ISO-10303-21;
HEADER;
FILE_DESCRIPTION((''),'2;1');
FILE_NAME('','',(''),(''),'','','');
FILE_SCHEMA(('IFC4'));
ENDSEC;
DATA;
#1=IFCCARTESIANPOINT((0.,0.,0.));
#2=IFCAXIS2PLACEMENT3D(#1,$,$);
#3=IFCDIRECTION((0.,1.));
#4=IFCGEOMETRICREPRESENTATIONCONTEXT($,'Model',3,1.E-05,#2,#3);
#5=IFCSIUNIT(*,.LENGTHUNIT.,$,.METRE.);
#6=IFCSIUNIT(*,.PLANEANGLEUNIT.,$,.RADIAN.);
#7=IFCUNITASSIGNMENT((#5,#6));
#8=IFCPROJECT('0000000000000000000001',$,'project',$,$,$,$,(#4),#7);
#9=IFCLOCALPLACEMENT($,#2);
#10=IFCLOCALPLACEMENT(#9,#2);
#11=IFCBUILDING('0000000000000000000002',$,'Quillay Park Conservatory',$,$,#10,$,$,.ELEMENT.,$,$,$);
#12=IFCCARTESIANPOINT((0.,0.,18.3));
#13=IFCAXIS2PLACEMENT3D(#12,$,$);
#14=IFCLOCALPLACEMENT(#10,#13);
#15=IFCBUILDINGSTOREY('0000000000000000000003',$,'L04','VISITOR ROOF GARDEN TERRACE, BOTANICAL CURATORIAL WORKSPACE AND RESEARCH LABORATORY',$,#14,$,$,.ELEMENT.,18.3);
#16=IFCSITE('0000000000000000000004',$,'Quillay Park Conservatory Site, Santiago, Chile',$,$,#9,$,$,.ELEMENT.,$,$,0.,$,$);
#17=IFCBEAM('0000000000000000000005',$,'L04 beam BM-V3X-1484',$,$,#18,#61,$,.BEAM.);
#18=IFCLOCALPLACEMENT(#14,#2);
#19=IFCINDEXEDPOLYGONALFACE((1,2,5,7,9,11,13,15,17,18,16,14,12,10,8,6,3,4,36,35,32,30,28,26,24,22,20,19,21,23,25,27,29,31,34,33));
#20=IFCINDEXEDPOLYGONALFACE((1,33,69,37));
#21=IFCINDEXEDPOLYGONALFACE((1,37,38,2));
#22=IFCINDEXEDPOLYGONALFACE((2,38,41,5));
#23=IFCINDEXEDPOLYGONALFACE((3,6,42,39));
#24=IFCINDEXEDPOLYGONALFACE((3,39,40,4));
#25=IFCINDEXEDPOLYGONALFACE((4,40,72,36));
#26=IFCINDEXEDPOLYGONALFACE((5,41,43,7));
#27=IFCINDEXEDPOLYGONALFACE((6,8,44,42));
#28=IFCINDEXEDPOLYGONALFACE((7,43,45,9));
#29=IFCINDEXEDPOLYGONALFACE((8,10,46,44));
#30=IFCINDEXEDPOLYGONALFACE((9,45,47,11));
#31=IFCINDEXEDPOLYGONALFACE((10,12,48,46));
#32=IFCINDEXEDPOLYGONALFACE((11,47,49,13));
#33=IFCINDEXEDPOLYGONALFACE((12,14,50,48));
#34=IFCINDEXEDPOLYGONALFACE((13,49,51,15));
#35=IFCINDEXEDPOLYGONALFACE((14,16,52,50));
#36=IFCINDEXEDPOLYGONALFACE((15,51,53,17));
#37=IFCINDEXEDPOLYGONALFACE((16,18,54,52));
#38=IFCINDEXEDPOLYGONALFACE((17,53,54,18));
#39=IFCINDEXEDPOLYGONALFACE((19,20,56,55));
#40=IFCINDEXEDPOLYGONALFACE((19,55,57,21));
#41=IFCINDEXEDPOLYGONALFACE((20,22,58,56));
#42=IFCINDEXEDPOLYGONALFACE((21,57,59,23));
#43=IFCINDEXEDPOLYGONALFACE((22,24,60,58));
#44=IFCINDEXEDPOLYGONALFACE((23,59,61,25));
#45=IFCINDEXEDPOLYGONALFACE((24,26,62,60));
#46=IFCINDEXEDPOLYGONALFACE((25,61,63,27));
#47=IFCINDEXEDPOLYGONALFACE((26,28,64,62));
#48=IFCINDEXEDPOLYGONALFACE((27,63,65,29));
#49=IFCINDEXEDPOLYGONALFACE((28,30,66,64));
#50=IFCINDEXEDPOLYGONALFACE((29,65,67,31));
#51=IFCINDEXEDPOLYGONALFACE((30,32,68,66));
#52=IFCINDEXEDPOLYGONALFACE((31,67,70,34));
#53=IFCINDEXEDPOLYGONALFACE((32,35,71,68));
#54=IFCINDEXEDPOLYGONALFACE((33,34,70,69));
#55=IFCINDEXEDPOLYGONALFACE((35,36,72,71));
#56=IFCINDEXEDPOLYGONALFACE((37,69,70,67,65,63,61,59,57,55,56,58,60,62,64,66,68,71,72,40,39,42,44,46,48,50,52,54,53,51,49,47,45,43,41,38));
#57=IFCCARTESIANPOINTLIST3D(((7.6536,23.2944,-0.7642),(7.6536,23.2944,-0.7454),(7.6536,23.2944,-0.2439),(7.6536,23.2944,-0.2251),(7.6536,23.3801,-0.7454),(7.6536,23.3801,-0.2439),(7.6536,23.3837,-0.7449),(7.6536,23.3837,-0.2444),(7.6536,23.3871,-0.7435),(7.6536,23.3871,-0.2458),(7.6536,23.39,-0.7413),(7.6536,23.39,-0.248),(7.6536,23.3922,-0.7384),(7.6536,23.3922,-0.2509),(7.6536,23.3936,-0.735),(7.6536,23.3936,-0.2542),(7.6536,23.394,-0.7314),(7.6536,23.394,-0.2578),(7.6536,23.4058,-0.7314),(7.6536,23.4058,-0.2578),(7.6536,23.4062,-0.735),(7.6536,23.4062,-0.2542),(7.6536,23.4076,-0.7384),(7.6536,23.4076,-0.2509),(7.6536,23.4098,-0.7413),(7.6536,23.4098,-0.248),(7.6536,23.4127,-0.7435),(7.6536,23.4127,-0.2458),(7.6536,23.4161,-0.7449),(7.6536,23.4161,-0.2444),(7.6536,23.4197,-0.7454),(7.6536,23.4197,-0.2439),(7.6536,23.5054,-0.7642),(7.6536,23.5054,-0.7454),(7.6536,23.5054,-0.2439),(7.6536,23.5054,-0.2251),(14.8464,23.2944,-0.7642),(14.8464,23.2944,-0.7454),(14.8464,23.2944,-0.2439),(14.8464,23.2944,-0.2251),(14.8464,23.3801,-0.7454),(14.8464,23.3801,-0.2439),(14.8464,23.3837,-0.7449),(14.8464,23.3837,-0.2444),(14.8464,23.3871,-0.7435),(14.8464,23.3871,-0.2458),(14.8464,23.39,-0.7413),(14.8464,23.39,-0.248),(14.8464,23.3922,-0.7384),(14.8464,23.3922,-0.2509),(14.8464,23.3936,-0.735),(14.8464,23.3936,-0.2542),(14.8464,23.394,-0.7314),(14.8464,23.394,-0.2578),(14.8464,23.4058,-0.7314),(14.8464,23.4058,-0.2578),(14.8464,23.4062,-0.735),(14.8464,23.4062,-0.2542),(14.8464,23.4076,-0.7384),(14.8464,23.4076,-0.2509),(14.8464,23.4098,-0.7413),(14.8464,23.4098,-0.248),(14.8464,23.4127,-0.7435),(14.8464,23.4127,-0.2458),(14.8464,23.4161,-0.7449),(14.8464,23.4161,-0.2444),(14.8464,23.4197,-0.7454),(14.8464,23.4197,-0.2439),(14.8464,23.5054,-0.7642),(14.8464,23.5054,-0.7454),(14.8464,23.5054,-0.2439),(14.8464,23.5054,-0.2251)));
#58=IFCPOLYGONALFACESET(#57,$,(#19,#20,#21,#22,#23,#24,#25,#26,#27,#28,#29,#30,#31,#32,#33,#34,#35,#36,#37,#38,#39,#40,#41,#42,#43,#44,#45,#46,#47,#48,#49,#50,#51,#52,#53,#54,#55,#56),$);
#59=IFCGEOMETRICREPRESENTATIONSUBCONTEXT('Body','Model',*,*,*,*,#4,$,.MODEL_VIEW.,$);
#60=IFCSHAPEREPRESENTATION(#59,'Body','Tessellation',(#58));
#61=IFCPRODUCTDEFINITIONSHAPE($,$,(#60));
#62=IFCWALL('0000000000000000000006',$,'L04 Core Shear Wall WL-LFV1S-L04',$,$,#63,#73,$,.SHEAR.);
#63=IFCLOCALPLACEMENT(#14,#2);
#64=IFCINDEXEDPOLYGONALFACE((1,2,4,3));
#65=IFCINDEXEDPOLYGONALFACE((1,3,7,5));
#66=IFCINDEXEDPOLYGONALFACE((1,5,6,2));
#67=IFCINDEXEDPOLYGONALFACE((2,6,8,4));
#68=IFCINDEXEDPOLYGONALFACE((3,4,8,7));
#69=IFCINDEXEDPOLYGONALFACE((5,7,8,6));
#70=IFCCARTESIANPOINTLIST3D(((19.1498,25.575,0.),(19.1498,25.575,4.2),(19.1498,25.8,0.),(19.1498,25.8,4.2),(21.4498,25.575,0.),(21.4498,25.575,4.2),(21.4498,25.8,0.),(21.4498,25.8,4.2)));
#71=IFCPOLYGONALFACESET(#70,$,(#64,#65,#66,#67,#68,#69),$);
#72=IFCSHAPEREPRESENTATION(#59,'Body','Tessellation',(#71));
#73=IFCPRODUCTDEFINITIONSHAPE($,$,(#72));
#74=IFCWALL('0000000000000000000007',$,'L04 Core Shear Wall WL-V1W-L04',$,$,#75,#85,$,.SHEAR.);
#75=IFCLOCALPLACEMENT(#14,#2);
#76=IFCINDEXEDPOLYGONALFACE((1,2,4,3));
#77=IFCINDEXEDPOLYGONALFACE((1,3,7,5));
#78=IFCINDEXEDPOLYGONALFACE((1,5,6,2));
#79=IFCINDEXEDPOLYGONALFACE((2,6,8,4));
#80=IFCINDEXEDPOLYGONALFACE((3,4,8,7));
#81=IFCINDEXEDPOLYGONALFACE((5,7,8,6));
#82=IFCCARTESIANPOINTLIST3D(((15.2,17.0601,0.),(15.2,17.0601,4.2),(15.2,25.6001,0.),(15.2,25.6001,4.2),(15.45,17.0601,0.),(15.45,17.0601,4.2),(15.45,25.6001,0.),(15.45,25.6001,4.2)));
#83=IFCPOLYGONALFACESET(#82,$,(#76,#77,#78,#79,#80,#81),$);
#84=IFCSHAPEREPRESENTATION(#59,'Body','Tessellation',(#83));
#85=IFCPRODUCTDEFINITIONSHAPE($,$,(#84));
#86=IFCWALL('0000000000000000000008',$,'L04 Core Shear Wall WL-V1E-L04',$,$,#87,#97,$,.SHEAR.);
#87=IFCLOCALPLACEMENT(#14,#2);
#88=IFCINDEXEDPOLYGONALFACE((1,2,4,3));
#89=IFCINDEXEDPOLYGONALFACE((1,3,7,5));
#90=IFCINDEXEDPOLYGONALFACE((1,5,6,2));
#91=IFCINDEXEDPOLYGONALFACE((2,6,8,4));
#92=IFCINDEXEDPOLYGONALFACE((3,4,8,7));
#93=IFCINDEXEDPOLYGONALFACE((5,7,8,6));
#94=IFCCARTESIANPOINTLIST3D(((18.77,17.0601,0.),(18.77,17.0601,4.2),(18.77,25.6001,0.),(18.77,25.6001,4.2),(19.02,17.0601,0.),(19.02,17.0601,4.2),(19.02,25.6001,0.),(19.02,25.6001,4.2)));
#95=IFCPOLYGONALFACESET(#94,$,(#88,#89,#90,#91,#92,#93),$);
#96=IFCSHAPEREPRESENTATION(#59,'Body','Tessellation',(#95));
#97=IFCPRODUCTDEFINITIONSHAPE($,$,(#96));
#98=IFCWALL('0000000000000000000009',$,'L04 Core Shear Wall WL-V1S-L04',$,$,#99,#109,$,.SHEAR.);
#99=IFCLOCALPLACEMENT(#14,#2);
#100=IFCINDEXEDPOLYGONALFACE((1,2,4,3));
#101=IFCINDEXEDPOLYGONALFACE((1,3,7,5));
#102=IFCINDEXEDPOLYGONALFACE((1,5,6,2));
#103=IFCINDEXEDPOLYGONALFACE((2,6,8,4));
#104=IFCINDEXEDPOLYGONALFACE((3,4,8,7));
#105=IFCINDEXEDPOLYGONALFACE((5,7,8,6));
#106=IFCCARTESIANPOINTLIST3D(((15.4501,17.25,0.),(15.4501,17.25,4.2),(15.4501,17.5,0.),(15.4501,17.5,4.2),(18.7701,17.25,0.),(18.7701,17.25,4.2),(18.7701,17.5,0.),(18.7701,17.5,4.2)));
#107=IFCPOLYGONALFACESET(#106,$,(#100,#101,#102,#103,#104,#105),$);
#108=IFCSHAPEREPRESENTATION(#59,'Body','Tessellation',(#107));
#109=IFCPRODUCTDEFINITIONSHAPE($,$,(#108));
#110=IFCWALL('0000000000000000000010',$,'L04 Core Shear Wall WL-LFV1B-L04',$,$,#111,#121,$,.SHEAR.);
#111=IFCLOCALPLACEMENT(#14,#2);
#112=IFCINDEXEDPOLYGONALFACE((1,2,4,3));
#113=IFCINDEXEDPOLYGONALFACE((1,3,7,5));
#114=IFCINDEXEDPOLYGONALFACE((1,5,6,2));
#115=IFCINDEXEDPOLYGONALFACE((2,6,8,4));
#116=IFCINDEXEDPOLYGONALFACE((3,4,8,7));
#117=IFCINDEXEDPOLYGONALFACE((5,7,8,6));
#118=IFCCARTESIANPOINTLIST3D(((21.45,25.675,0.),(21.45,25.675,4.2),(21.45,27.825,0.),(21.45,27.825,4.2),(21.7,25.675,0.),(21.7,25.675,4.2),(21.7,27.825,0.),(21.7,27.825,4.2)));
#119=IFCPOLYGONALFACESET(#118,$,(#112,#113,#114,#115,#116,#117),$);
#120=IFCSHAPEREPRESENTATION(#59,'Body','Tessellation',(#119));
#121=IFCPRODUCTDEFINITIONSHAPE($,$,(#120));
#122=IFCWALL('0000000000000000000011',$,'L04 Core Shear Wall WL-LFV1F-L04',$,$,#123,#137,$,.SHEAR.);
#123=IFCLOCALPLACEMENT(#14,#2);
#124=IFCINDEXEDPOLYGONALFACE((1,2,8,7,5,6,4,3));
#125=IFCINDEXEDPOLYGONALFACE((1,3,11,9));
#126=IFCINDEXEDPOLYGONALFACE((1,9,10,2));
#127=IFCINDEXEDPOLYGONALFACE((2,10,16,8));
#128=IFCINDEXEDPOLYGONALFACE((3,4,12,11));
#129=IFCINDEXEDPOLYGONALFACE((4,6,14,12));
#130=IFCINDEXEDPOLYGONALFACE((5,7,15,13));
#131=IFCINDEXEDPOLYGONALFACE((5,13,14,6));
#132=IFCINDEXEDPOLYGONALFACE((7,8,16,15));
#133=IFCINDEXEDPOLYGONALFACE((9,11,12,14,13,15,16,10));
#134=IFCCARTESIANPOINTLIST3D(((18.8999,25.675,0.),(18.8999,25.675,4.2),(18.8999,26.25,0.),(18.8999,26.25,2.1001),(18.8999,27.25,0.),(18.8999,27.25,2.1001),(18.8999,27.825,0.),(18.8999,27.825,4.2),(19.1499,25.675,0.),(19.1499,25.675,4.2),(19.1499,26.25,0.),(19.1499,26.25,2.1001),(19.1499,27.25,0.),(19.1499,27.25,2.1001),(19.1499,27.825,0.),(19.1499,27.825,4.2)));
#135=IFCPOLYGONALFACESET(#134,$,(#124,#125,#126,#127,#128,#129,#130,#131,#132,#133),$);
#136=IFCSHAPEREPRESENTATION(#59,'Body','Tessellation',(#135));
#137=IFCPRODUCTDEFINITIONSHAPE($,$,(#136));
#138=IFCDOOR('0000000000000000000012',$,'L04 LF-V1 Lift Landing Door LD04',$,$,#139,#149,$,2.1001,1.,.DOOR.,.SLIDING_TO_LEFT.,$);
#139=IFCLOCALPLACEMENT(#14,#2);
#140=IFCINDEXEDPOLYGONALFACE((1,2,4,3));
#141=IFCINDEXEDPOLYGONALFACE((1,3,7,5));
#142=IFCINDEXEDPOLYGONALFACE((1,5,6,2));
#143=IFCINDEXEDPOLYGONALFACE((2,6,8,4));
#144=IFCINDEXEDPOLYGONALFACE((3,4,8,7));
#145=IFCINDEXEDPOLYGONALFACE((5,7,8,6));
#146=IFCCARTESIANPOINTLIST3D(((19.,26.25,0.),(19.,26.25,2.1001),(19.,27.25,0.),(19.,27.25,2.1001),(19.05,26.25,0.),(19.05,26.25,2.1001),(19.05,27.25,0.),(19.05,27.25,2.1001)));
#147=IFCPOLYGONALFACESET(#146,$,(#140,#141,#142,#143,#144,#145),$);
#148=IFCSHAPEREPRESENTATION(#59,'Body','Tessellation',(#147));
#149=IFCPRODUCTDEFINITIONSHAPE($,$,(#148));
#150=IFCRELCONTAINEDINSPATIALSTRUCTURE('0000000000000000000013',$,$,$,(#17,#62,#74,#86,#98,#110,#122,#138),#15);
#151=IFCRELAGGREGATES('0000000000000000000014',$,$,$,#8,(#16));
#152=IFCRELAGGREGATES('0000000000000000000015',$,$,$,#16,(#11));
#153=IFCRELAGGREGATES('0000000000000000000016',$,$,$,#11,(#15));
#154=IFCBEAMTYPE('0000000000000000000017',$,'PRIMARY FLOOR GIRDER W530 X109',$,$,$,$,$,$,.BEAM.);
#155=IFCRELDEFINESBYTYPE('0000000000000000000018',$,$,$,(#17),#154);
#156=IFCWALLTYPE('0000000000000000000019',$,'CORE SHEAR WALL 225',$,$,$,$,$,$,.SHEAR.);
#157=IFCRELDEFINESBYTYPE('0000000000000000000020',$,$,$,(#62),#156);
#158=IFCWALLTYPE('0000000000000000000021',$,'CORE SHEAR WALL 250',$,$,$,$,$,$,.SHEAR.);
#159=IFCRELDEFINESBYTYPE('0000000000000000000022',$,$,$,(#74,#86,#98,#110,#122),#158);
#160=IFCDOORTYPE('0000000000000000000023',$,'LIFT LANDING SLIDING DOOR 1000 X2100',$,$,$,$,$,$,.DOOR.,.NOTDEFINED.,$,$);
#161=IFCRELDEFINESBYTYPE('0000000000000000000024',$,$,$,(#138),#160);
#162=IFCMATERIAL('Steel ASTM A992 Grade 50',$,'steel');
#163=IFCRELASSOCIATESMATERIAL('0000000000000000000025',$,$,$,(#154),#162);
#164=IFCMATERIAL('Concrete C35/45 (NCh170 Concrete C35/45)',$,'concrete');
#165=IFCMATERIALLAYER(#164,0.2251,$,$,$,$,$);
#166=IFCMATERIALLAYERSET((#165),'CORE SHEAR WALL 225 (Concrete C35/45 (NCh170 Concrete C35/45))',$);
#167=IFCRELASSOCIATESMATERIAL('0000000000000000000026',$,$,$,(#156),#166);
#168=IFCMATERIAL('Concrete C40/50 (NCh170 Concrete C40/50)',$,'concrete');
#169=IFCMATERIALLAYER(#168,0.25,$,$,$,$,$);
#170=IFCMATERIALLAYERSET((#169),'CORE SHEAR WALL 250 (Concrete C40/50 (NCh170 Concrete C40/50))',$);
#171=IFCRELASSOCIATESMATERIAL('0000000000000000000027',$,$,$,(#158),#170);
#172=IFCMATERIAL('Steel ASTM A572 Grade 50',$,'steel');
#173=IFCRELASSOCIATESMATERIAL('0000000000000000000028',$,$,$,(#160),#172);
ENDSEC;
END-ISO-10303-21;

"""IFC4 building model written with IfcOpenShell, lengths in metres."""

from ifc_helpers import new_model, si_unit, direction, frame, frame_2d, origin, origin_2d, place, context, subcontext, project, spatial, rectangle, i_section, extrude, material, layer, layer_set, material_profile, profile_set, type_object, element, fill, save


model = new_model("IFC4")

# Units and contexts
model_context = context("Model", 3, precision=1e-05, world=origin(), true_north=direction((0.0, 1.0)))
body_context = subcontext(model_context, "Body", "Model", "MODEL_VIEW")
ifc_project = project(units=[si_unit("LENGTHUNIT", "METRE"), si_unit("PLANEANGLEUNIT", "RADIAN")], contexts=[model_context])

# Site, building, storey
site_placement = place(None, origin())
site = spatial("IfcSite", under=ifc_project, at=site_placement, Name="Quillay Park Conservatory Site, Santiago, Chile", CompositionType="ELEMENT", RefElevation=0.0)
building_placement = place(site_placement, origin())
building = spatial("IfcBuilding", under=site, at=building_placement, Name="Quillay Park Conservatory", CompositionType="ELEMENT")
storey_placement = place(building_placement, frame((0.0, 0.0, 18.3)))
storey = spatial("IfcBuildingStorey", under=building, at=storey_placement, Name="L04", Description="VISITOR ROOF GARDEN TERRACE, BOTANICAL CURATORIAL WORKSPACE AND RESEARCH LABORATORY", CompositionType="ELEMENT", Elevation=18.3)

# Beam
ifc_material_1 = material(Name="Steel ASTM A992 Grade 50", Category="steel")
ifc_material_profile_1 = material_profile(ifc_material_1, i_section(OverallWidth=0.2109, OverallDepth=0.5391, WebThickness=0.0117, FlangeThickness=0.0188, FilletRadius=0.0139, at=origin_2d()), Name="W530x109")
ifc_profile_set_1 = profile_set([ifc_material_profile_1], Name="Steel ASTM A992 Grade 50")
beam_type_1 = type_object("IfcBeamType", Name="PRIMARY FLOOR GIRDER W530 X109", PredefinedType="BEAM", material=ifc_profile_set_1)
beam_1_placement = place(storey_placement, frame((7.6536, 23.3999, -0.4946), z_axis=(1.0, 0.0, 0.0), x_axis=(0.0, 1.0, 0.0)))
element("IfcBeam", 1, at=beam_1_placement, inside=storey, type_object=beam_type_1, Name="L04 beam BM-V3X-1484", PredefinedType="BEAM", context=body_context, shape_type="SweptSolid", body=[
    extrude(i_section(OverallWidth=0.2109, OverallDepth=0.5391, WebThickness=0.0117, FlangeThickness=0.0188, FilletRadius=0.0139, at=origin_2d()), origin(), (0.0, 0.0, 1.0), 7.1929),
])

# Walls
ifc_material_2 = material(Name="Concrete C35/45 (NCh170 Concrete C35/45)", Category="concrete")
ifc_layer_1 = layer(ifc_material_2, 0.2251)
ifc_layer_set_1 = layer_set([ifc_layer_1], Name="CORE SHEAR WALL 225 (Concrete C35/45 (NCh170 Concrete C35/45))")
wall_type_1 = type_object("IfcWallType", Name="CORE SHEAR WALL 225", PredefinedType="SHEAR", material=ifc_layer_set_1)
wall_1_placement = place(storey_placement, frame((19.1499, 25.6875, 0.0), z_axis=(0.0, 0.0, 1.0), x_axis=(1.0, 0.0, 0.0)))
element("IfcWall", 2, at=wall_1_placement, inside=storey, type_object=wall_type_1, Name="L04 Core Shear Wall WL-LFV1S-L04", PredefinedType="SHEAR", context=body_context, shape_type="SweptSolid", body=[
    extrude(rectangle(XDim=2.3, YDim=0.2251, at=frame_2d((1.1499, 0.0))), origin(), (0.0, 0.0, 1.0), 4.2),
])
ifc_material_3 = material(Name="Concrete C40/50 (NCh170 Concrete C40/50)", Category="concrete")
ifc_layer_2 = layer(ifc_material_3, 0.25)
ifc_layer_set_2 = layer_set([ifc_layer_2], Name="CORE SHEAR WALL 250 (Concrete C40/50 (NCh170 Concrete C40/50))")
wall_type_2 = type_object("IfcWallType", Name="CORE SHEAR WALL 250", PredefinedType="SHEAR", material=ifc_layer_set_2)
for number, where, z_axis, x_axis, name in (
    (3, (15.325, 17.0601, 0.0), (0.0, 0.0, 1.0), (0.0, 1.0, 0.0), "L04 Core Shear Wall WL-V1W-L04"),
    (4, (18.895, 17.0601, 0.0), (0.0, 0.0, 1.0), (0.0, 1.0, 0.0), "L04 Core Shear Wall WL-V1E-L04"),
):
    element("IfcWall", number, at=place(storey_placement, frame(where, z_axis=z_axis, x_axis=x_axis)), inside=storey, type_object=wall_type_2, Name=name, PredefinedType="SHEAR", context=body_context, shape_type="SweptSolid", body=[
        extrude(rectangle(XDim=8.54, YDim=0.25, at=frame_2d((4.27, 0.0))), origin(), (0.0, 0.0, 1.0), 4.2),
    ])
wall_2_placement = place(storey_placement, frame((15.45, 17.375, 0.0), z_axis=(0.0, 0.0, 1.0), x_axis=(1.0, 0.0, 0.0)))
element("IfcWall", 5, at=wall_2_placement, inside=storey, type_object=wall_type_2, Name="L04 Core Shear Wall WL-V1S-L04", PredefinedType="SHEAR", context=body_context, shape_type="SweptSolid", body=[
    extrude(rectangle(XDim=3.3201, YDim=0.25, at=frame_2d((1.6602, 0.0))), origin(), (0.0, 0.0, 1.0), 4.2),
])

# Wall
wall_3_placement = place(storey_placement, frame((21.575, 25.675, 0.0), z_axis=(0.0, 0.0, 1.0), x_axis=(0.0, 1.0, 0.0)))
element("IfcWall", 6, at=wall_3_placement, inside=storey, type_object=wall_type_2, Name="L04 Core Shear Wall WL-LFV1B-L04", PredefinedType="SHEAR", context=body_context, shape_type="SweptSolid", body=[
    extrude(rectangle(XDim=2.1499, YDim=0.25, at=frame_2d((1.075, 0.0))), origin(), (0.0, 0.0, 1.0), 4.2),
])

# Wall, opening, door
wall_4_placement = place(storey_placement, frame((19.0249, 25.675, 0.0), z_axis=(0.0, 0.0, 1.0), x_axis=(0.0, 1.0, 0.0)))
wall_4 = element("IfcWall", 7, at=wall_4_placement, inside=storey, type_object=wall_type_2, Name="L04 Core Shear Wall WL-LFV1F-L04", PredefinedType="SHEAR", context=body_context, shape_type="SweptSolid", body=[
    extrude(rectangle(XDim=2.1499, YDim=0.25, at=frame_2d((1.075, 0.0))), origin(), (0.0, 0.0, 1.0), 4.2),
])
opening_1_placement = place(wall_4_placement, frame((0.575, 0.0, 0.0)))
opening_1 = element("IfcOpeningElement", 8, at=opening_1_placement, cuts=wall_4, PredefinedType="OPENING", context=body_context, shape_type="SweptSolid", body=[
    extrude(rectangle(XDim=1.0, YDim=2.1001, at=frame_2d((0.5, 1.05))), frame((0.0, 0.125, 0.0), z_axis=(0.0, -1.0, 0.0), x_axis=(1.0, 0.0, 0.0)), (0.0, 0.0, 1.0), 0.25),
])
ifc_material_4 = material(Name="Steel ASTM A572 Grade 50", Category="steel")
door_type_1 = type_object("IfcDoorType", Name="LIFT LANDING SLIDING DOOR 1000 X2100", OperationType="NOTDEFINED", PredefinedType="DOOR", material=ifc_material_4)
door_1_placement = place(opening_1_placement, origin())
door_1 = element("IfcDoor", 9, at=door_1_placement, inside=storey, type_object=door_type_1, Name="L04 LF-V1 Lift Landing Door LD04", OperationType="SLIDING_TO_LEFT", OverallHeight=2.1001, OverallWidth=1.0, PredefinedType="DOOR", context=body_context, shape_type="SweptSolid", body=[
    extrude(rectangle(XDim=1.0, YDim=2.1001, at=frame_2d((0.5, 1.05))), frame((0.0, 0.0249, 0.0), z_axis=(0.0, -1.0, 0.0), x_axis=(1.0, 0.0, 0.0)), (0.0, 0.0, 1.0), 0.05),
])
fill(opening_1, door_1)

save(model, "model.ifc")
